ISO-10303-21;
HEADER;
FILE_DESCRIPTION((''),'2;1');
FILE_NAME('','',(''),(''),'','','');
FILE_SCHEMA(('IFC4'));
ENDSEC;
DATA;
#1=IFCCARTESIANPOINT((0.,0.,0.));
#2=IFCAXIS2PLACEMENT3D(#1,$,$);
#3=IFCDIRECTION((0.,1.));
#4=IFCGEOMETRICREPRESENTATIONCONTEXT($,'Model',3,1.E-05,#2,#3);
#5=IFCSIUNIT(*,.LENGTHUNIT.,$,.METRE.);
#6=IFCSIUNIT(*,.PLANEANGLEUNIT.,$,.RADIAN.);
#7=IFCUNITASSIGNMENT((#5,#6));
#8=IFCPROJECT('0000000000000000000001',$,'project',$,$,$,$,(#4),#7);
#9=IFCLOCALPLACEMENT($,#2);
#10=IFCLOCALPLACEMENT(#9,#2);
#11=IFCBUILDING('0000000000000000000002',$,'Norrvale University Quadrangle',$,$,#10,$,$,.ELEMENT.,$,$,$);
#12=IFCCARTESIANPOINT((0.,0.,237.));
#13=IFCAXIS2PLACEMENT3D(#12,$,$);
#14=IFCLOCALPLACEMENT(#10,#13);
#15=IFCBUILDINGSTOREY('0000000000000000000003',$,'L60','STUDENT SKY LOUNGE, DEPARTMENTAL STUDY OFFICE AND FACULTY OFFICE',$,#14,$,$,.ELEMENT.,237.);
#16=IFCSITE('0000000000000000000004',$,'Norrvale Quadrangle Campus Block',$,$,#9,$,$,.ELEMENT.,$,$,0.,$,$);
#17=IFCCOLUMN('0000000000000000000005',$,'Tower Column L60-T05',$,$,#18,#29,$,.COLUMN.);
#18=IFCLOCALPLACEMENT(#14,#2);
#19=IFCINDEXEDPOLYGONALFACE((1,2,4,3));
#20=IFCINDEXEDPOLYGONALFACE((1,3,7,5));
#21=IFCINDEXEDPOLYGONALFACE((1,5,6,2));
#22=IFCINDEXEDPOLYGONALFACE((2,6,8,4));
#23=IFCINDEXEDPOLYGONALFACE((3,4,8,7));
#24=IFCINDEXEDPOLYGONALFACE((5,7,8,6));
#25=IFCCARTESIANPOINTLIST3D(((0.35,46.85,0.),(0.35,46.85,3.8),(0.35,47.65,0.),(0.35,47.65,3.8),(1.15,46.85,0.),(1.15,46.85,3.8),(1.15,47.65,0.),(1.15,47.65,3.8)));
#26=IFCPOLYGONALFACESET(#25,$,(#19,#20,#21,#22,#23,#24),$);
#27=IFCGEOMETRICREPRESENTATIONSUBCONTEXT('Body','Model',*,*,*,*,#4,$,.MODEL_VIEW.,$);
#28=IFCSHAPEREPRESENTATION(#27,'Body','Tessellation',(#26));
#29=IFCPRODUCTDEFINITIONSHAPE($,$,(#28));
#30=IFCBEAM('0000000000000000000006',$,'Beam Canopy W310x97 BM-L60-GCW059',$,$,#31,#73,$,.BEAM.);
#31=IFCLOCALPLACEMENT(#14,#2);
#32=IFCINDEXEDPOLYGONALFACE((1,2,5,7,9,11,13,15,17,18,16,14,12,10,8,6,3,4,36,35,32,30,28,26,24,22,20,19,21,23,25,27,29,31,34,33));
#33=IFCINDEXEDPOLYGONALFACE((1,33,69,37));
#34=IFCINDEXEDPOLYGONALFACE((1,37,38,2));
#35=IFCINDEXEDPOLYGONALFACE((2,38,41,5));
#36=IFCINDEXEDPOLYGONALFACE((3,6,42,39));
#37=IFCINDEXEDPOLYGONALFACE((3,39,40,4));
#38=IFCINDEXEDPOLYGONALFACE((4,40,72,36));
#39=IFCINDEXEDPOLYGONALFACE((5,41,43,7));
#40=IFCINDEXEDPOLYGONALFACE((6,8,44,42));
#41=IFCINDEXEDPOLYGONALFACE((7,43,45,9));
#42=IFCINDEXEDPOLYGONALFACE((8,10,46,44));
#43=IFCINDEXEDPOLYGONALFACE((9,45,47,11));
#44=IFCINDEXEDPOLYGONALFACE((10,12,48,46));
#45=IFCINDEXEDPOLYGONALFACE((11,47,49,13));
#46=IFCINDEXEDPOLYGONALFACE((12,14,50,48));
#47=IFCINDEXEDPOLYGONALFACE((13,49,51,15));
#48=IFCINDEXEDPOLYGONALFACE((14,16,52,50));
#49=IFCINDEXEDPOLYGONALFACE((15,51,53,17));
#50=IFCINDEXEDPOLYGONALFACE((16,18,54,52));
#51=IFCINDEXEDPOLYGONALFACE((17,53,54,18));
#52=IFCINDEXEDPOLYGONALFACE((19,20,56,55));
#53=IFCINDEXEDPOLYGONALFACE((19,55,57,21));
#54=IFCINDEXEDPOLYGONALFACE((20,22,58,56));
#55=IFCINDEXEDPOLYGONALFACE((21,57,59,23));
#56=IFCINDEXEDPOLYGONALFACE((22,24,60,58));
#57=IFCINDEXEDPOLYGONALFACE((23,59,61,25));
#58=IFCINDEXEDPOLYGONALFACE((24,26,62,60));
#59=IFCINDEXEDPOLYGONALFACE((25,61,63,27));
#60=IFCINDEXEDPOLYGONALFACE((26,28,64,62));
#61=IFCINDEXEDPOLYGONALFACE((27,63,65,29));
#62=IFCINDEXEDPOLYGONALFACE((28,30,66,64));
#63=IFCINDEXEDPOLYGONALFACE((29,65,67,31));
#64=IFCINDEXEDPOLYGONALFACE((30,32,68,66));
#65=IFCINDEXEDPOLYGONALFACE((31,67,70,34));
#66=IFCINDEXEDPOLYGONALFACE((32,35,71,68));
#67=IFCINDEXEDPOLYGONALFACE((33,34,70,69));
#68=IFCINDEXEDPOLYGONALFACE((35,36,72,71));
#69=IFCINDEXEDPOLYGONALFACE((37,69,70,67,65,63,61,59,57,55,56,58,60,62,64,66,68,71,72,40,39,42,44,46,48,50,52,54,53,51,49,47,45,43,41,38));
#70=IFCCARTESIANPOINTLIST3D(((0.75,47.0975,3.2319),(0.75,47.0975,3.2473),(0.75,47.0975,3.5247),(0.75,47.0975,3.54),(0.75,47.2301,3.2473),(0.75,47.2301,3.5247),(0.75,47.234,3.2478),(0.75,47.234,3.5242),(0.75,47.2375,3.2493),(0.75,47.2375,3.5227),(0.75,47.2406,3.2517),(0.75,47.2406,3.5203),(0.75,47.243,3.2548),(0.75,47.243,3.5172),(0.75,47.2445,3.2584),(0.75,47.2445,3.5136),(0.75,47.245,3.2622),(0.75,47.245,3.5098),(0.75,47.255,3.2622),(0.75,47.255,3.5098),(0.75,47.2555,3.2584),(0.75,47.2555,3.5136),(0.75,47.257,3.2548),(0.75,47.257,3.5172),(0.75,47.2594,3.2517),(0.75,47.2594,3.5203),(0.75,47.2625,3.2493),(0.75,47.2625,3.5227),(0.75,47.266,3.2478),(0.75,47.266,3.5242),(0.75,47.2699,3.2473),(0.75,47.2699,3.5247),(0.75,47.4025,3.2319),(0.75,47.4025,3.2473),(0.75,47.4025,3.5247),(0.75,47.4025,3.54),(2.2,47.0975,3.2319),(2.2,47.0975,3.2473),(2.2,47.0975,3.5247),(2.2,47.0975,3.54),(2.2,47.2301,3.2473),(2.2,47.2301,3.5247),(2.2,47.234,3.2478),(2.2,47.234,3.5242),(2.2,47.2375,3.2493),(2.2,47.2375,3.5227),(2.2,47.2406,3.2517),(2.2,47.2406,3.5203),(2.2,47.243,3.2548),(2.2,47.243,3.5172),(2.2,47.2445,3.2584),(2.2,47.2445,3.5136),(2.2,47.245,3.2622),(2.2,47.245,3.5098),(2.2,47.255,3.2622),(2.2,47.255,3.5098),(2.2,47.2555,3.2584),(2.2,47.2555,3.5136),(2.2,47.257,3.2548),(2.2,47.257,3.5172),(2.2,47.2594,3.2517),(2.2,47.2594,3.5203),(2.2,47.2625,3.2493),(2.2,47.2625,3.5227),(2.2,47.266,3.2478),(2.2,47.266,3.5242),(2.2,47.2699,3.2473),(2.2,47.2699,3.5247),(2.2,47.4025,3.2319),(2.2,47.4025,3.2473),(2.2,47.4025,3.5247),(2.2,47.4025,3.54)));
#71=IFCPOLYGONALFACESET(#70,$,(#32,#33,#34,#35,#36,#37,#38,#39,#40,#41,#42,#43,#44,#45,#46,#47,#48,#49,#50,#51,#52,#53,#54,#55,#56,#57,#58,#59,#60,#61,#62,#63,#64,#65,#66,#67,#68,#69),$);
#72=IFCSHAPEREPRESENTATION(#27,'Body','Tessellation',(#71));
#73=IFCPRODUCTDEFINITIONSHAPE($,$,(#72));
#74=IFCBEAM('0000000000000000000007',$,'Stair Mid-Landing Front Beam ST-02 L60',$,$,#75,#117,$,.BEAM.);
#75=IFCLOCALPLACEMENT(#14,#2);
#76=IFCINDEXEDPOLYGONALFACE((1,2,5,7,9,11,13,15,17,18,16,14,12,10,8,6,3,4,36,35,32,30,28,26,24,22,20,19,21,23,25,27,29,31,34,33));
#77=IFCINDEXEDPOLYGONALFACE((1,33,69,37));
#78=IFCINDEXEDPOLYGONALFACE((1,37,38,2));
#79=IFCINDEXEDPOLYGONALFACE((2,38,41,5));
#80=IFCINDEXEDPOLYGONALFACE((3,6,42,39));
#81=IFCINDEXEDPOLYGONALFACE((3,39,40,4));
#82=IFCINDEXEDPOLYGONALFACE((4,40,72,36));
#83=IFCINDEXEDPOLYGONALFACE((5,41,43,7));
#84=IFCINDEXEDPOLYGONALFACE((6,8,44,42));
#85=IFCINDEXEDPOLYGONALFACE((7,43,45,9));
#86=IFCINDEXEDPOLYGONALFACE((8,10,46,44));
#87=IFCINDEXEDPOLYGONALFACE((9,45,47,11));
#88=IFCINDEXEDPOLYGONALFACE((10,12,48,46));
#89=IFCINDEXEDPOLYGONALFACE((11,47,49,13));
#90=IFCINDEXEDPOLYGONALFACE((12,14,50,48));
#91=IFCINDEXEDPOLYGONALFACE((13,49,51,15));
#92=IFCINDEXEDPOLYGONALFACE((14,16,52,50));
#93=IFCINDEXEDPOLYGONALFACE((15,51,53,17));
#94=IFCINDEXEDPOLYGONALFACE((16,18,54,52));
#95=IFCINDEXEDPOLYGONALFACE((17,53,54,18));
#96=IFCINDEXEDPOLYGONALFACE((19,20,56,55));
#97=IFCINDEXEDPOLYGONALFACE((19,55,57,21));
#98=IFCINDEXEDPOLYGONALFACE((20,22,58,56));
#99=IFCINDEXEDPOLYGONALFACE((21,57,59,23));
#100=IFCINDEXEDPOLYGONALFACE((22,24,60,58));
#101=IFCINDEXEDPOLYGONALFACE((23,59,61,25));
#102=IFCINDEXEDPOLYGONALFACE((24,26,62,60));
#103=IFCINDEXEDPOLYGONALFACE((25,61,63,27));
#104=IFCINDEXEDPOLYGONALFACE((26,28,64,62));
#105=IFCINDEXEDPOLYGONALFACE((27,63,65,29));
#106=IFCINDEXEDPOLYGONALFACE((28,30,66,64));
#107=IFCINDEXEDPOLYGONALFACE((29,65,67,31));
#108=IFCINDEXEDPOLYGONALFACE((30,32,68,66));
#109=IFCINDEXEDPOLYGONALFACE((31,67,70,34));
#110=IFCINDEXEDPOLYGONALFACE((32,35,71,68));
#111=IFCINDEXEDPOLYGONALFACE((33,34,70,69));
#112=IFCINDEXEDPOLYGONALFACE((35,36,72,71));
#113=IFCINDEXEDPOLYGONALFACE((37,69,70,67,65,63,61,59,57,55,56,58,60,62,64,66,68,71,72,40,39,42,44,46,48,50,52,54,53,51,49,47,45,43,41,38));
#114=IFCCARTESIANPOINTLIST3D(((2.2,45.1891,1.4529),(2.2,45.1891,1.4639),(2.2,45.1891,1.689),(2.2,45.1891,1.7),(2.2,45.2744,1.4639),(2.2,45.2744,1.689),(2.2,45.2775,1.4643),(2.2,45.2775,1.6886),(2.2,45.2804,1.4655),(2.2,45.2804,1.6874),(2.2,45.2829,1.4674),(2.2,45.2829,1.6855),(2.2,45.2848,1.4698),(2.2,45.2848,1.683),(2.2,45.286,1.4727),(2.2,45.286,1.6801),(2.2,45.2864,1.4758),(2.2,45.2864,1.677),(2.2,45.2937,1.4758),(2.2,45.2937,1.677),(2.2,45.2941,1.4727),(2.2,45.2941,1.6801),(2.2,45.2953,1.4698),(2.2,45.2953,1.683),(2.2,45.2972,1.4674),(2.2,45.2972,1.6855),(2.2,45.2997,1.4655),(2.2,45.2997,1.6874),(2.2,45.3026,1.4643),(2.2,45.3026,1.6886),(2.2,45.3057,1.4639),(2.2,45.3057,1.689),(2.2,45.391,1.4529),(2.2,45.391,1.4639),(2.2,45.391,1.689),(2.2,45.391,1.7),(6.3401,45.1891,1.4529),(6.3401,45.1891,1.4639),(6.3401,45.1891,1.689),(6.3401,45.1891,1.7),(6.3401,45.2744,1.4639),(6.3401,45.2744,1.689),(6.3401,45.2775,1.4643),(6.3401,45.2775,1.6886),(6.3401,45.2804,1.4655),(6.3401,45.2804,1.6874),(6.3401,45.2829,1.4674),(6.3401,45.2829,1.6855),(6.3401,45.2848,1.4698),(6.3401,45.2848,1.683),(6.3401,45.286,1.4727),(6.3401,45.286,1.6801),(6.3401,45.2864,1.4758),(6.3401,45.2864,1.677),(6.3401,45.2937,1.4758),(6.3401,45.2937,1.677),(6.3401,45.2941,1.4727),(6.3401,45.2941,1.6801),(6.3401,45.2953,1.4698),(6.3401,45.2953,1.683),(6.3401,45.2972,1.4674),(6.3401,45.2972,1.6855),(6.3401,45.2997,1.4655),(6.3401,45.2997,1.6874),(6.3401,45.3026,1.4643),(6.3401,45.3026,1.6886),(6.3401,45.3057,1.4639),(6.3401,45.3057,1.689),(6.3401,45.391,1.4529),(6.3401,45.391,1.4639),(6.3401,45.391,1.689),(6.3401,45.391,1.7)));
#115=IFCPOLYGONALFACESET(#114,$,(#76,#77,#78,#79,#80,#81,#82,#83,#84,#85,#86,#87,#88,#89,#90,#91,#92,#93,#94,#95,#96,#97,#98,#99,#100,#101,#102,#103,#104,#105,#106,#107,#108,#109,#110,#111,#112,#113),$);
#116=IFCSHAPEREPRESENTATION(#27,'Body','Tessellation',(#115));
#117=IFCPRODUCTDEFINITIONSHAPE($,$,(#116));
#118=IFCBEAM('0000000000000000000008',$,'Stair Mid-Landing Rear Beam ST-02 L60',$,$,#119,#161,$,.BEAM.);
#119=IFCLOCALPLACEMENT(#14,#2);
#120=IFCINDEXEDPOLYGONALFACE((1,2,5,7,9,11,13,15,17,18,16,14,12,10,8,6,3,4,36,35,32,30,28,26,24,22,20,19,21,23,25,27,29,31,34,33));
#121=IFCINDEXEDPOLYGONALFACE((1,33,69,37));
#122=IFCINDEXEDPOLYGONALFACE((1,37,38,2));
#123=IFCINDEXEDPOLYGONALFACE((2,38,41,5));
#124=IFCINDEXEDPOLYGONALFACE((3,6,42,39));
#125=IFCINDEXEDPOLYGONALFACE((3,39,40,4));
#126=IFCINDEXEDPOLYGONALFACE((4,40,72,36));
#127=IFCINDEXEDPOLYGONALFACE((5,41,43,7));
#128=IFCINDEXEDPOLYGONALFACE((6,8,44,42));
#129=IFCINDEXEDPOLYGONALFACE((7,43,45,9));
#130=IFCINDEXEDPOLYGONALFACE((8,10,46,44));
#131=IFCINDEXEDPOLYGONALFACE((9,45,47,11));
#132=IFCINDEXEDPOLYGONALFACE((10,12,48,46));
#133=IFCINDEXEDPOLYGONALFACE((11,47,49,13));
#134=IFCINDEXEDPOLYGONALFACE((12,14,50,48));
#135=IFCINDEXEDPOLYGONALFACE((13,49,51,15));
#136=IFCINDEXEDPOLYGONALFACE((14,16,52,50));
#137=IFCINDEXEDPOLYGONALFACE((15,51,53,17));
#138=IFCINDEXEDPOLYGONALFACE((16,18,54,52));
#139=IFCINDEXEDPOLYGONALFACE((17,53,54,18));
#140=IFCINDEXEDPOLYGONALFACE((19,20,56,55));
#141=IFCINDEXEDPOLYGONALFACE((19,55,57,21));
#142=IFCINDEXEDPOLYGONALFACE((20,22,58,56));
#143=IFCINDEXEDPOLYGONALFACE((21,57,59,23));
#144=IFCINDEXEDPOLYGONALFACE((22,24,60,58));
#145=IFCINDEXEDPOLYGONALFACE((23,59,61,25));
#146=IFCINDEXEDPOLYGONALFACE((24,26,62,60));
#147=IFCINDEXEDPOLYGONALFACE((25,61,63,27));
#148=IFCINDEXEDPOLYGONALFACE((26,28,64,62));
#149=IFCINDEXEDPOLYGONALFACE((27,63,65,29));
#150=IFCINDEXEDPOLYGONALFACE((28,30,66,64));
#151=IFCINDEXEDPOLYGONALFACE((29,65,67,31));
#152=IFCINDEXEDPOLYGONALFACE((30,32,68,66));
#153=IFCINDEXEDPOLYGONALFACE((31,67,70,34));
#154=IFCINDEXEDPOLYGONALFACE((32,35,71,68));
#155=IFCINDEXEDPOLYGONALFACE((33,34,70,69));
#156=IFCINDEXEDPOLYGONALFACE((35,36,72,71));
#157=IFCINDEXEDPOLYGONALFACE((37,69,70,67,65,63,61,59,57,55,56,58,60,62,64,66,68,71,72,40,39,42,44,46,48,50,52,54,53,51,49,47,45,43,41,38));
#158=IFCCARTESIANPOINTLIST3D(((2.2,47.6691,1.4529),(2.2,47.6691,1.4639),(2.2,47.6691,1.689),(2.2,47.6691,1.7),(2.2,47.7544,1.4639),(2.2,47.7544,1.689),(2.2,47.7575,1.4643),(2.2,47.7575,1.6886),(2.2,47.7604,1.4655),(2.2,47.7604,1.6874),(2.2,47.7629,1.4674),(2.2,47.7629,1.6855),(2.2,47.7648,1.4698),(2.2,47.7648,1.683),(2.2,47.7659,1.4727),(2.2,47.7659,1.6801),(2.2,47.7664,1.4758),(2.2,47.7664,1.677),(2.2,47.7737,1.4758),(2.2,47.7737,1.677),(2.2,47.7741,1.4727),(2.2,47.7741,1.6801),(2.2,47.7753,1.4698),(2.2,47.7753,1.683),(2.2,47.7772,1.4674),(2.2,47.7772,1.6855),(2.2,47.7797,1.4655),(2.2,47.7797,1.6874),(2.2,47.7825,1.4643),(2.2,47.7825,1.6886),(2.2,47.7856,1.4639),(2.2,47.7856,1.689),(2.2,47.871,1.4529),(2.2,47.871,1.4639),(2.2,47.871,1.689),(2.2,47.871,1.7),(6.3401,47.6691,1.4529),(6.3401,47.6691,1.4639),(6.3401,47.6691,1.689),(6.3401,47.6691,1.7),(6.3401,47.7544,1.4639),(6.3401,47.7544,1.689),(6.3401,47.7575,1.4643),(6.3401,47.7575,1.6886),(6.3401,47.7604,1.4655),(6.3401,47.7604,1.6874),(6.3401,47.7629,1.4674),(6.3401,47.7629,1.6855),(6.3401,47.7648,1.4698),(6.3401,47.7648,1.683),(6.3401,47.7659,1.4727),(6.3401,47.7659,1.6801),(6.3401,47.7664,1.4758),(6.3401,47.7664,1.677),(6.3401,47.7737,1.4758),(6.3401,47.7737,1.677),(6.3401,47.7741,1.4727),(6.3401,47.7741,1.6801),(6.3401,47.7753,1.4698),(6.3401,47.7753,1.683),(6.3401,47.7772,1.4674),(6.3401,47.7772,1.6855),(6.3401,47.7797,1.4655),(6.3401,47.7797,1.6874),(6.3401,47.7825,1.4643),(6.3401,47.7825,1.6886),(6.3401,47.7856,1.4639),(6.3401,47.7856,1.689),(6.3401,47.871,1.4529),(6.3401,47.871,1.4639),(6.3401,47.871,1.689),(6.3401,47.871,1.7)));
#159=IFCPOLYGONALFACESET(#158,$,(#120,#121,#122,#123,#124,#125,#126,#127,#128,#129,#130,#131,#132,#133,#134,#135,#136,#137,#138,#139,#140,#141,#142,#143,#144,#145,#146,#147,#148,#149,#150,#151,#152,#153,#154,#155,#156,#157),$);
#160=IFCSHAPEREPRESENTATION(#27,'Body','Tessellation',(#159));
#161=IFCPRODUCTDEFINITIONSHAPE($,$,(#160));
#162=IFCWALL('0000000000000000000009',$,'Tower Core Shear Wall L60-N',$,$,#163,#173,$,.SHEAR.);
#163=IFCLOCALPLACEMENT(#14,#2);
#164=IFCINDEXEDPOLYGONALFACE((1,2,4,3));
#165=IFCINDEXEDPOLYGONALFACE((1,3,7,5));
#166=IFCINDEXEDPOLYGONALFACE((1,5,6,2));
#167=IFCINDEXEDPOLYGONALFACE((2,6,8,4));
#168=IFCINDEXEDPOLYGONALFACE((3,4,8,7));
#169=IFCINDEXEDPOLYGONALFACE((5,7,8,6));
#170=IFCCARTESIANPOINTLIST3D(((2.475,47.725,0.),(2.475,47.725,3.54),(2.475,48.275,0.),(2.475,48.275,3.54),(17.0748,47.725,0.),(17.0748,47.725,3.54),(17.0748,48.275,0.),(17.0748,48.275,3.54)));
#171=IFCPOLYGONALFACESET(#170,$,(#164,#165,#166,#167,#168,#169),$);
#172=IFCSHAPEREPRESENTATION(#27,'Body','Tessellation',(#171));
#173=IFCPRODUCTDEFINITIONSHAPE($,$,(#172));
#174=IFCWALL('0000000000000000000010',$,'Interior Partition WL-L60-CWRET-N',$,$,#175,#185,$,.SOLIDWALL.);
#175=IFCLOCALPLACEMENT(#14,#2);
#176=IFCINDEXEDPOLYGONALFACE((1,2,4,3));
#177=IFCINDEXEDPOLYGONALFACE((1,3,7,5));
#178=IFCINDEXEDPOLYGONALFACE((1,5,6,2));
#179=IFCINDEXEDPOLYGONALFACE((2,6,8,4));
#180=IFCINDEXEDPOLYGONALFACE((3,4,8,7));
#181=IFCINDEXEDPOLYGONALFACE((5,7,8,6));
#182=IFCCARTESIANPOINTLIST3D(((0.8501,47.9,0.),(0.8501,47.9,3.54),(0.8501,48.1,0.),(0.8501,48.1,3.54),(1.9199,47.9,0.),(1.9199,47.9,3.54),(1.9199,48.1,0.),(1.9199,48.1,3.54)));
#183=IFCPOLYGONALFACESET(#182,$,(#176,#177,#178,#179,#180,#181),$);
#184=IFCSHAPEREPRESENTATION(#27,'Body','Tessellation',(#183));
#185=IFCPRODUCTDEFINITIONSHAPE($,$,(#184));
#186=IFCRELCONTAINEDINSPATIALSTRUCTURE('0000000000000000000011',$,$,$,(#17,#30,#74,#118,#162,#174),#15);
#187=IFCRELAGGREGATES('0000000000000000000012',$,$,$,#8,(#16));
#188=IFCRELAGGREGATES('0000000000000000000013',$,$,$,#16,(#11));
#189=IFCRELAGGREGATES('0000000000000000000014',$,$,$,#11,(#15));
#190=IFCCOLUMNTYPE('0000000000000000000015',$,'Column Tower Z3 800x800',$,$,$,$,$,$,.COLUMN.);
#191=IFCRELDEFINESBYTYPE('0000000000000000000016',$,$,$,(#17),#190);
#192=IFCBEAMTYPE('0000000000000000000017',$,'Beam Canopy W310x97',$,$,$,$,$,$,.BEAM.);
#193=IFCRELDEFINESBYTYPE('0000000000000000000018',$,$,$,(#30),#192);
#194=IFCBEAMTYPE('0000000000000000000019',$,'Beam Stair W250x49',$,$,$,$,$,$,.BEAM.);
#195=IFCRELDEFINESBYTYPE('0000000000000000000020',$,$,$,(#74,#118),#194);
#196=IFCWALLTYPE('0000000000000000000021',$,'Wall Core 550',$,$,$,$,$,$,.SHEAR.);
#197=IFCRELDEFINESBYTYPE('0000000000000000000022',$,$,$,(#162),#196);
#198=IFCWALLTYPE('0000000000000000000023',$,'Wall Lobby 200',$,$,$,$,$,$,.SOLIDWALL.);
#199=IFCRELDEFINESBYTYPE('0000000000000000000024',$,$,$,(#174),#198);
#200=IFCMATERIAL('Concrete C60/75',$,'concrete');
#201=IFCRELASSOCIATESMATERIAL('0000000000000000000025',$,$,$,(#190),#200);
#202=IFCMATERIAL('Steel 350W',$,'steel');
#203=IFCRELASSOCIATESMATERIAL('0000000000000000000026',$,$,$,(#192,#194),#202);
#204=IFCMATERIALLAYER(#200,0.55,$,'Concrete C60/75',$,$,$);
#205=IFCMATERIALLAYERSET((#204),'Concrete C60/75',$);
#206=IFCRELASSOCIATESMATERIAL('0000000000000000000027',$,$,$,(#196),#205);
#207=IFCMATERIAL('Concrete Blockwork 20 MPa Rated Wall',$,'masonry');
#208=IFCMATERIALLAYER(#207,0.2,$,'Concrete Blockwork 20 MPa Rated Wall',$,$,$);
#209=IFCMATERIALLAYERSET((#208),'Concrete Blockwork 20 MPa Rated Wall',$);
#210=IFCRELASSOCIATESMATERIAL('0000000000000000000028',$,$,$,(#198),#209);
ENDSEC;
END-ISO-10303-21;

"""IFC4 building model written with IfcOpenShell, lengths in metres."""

from ifc_helpers import new_model, si_unit, direction, frame, frame_2d, origin, origin_2d, place, context, subcontext, project, spatial, rectangle, i_section, extrude, material, layer, layer_set, material_profile, profile_set, type_object, element, save


model = new_model("IFC4")

# Units and contexts
model_context = context("Model", 3, precision=1e-05, world=origin(), true_north=direction((0.0, 1.0)))
body_context = subcontext(model_context, "Body", "Model", "MODEL_VIEW")
ifc_project = project(units=[si_unit("LENGTHUNIT", "METRE"), si_unit("PLANEANGLEUNIT", "RADIAN")], contexts=[model_context])

# Site, building, storey
site_placement = place(None, origin())
site = spatial("IfcSite", under=ifc_project, at=site_placement, Name="Norrvale Quadrangle Campus Block", CompositionType="ELEMENT", RefElevation=0.0)
building_placement = place(site_placement, origin())
building = spatial("IfcBuilding", under=site, at=building_placement, Name="Norrvale University Quadrangle", CompositionType="ELEMENT")
storey_placement = place(building_placement, frame((0.0, 0.0, 237.0)))
storey = spatial("IfcBuildingStorey", under=building, at=storey_placement, Name="L60", Description="STUDENT SKY LOUNGE, DEPARTMENTAL STUDY OFFICE AND FACULTY OFFICE", CompositionType="ELEMENT", Elevation=237.0)

# Column
ifc_material_1 = material(Name="Concrete C60/75", Category="concrete")
ifc_material_profile_1 = material_profile(ifc_material_1, rectangle(XDim=0.8, YDim=0.8, at=origin_2d()), Name="Concrete C60/75")
ifc_profile_set_1 = profile_set([ifc_material_profile_1], Name="Concrete C60/75")
column_type = type_object("IfcColumnType", Name="Column Tower Z3 800x800", PredefinedType="COLUMN", material=ifc_profile_set_1)
column_placement = place(storey_placement, frame((0.75, 47.25, 0.0), z_axis=(0.0, 0.0, 1.0), x_axis=(1.0, 0.0, 0.0)))
element("IfcColumn", 1, at=column_placement, inside=storey, type_object=column_type, Name="Tower Column L60-T05", PredefinedType="COLUMN", context=body_context, shape_type="SweptSolid", body=[
    extrude(rectangle(XDim=0.8, YDim=0.8, at=origin_2d()), origin(), (0.0, 0.0, 1.0), 3.8),
])

# Beams
ifc_material_2 = material(Name="Steel 350W", Category="steel")
ifc_material_profile_2 = material_profile(ifc_material_2, i_section(OverallWidth=0.3049, OverallDepth=0.3081, WebThickness=0.01, FlangeThickness=0.0154, FilletRadius=0.0149, at=origin_2d()), Name="Steel 350W")
ifc_profile_set_2 = profile_set([ifc_material_profile_2], Name="Steel 350W")
beam_type_1 = type_object("IfcBeamType", Name="Beam Canopy W310x97", PredefinedType="BEAM", material=ifc_profile_set_2)
beam_placement = place(storey_placement, frame((0.75, 47.25, 3.386), z_axis=(1.0, 0.0, 0.0), x_axis=(0.0, 1.0, 0.0)))
element("IfcBeam", 2, at=beam_placement, inside=storey, type_object=beam_type_1, Name="Beam Canopy W310x97 BM-L60-GCW059", PredefinedType="BEAM", context=body_context, shape_type="SweptSolid", body=[
    extrude(i_section(OverallWidth=0.3049, OverallDepth=0.3081, WebThickness=0.01, FlangeThickness=0.0154, FilletRadius=0.0149, at=origin_2d()), origin(), (0.0, 0.0, 1.0), 1.45),
])
ifc_material_profile_3 = material_profile(ifc_material_2, i_section(OverallWidth=0.2019, OverallDepth=0.2471, WebThickness=0.0073, FlangeThickness=0.011, FilletRadius=0.012, at=origin_2d()), Name="Steel 350W")
ifc_profile_set_3 = profile_set([ifc_material_profile_3], Name="Steel 350W")
beam_type_2 = type_object("IfcBeamType", Name="Beam Stair W250x49", PredefinedType="BEAM", material=ifc_profile_set_3)
for number, where, z_axis, x_axis, name in (
    (3, (2.2, 45.29, 1.5764), (1.0, 0.0, 0.0), (0.0, 1.0, 0.0), "Stair Mid-Landing Front Beam ST-02 L60"),
    (4, (2.2, 47.77, 1.5764), (1.0, 0.0, 0.0), (0.0, 1.0, 0.0), "Stair Mid-Landing Rear Beam ST-02 L60"),
):
    element("IfcBeam", number, at=place(storey_placement, frame(where, z_axis=z_axis, x_axis=x_axis)), inside=storey, type_object=beam_type_2, Name=name, PredefinedType="BEAM", context=body_context, shape_type="SweptSolid", body=[
        extrude(i_section(OverallWidth=0.2019, OverallDepth=0.2471, WebThickness=0.0073, FlangeThickness=0.011, FilletRadius=0.012, at=origin_2d()), origin(), (0.0, 0.0, 1.0), 4.1401),
    ])

# Walls
ifc_layer_1 = layer(ifc_material_1, 0.55, Name="Concrete C60/75")
ifc_layer_set_1 = layer_set([ifc_layer_1], Name="Concrete C60/75")
wall_type_1 = type_object("IfcWallType", Name="Wall Core 550", PredefinedType="SHEAR", material=ifc_layer_set_1)
wall_1_placement = place(storey_placement, frame((2.4751, 48.0, 0.0), z_axis=(0.0, 0.0, 1.0), x_axis=(1.0, 0.0, 0.0)))
element("IfcWall", 5, at=wall_1_placement, inside=storey, type_object=wall_type_1, Name="Tower Core Shear Wall L60-N", PredefinedType="SHEAR", context=body_context, shape_type="SweptSolid", body=[
    extrude(rectangle(XDim=14.5999, YDim=0.55, at=frame_2d((7.2998, 0.0))), origin(), (0.0, 0.0, 1.0), 3.54),
])
ifc_material_3 = material(Name="Concrete Blockwork 20 MPa Rated Wall", Category="masonry")
ifc_layer_2 = layer(ifc_material_3, 0.2, Name="Concrete Blockwork 20 MPa Rated Wall")
ifc_layer_set_2 = layer_set([ifc_layer_2], Name="Concrete Blockwork 20 MPa Rated Wall")
wall_type_2 = type_object("IfcWallType", Name="Wall Lobby 200", PredefinedType="SOLIDWALL", material=ifc_layer_set_2)
wall_2_placement = place(storey_placement, frame((0.8501, 48.0, 0.0), z_axis=(0.0, 0.0, 1.0), x_axis=(1.0, 0.0, 0.0)))
element("IfcWall", 6, at=wall_2_placement, inside=storey, type_object=wall_type_2, Name="Interior Partition WL-L60-CWRET-N", PredefinedType="SOLIDWALL", context=body_context, shape_type="SweptSolid", body=[
    extrude(rectangle(XDim=1.0698, YDim=0.2, at=frame_2d((0.5349, 0.0))), origin(), (0.0, 0.0, 1.0), 3.54),
])

save(model, "model.ifc")
